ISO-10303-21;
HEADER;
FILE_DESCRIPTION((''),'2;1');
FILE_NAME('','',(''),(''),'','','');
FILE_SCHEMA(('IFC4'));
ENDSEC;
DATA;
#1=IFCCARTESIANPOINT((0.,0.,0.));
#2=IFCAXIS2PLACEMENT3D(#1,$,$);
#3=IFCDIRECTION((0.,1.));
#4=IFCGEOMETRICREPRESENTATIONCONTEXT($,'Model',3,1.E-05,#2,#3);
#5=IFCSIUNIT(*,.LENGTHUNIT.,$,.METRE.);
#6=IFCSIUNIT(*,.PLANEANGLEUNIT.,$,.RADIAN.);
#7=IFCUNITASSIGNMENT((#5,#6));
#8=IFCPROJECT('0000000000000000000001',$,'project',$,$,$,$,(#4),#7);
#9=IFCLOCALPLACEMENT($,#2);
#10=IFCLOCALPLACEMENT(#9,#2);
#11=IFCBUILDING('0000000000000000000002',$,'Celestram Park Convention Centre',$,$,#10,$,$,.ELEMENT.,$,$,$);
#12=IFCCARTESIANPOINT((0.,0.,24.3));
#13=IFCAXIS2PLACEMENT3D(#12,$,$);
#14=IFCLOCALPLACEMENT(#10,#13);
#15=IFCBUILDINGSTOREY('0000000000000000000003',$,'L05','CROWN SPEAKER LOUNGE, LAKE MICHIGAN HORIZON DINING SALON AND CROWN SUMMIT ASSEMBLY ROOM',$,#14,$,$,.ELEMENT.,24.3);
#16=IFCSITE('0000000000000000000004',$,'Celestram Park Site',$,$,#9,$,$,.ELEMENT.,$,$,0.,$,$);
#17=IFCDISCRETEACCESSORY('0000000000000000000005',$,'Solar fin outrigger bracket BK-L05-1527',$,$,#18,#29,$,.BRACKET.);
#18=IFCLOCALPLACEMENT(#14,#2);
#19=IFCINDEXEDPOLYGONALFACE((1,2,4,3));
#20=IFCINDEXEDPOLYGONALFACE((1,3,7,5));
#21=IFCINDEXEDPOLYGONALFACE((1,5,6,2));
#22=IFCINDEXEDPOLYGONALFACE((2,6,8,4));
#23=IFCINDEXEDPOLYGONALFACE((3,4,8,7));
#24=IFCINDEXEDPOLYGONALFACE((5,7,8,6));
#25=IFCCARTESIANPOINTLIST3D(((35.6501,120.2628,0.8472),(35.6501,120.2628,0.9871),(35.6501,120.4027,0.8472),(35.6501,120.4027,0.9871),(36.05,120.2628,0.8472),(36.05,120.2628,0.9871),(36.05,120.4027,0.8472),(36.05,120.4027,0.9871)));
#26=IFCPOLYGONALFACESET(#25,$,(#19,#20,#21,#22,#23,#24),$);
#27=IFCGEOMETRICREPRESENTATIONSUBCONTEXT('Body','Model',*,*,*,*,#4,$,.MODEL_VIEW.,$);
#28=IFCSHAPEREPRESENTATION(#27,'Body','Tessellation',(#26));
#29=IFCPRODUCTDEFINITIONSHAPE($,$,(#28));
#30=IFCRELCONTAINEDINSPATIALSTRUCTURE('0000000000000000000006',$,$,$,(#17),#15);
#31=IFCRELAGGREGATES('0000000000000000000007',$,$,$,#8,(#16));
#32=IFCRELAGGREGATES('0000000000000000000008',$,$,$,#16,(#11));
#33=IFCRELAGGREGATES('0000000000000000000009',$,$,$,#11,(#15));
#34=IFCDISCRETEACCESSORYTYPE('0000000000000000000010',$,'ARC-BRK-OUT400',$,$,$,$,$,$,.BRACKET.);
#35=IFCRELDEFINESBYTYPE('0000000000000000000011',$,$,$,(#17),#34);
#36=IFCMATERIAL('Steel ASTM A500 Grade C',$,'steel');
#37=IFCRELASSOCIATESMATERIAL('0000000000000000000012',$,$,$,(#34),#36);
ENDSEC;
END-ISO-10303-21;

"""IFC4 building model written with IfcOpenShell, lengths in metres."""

from ifc_helpers import new_model, si_unit, direction, frame, origin, origin_2d, place, context, subcontext, project, spatial, rectangle, extrude, material, type_object, element, save


model = new_model("IFC4")

# Units and contexts
model_context = context("Model", 3, precision=1e-05, world=origin(), true_north=direction((0.0, 1.0)))
body_context = subcontext(model_context, "Body", "Model", "MODEL_VIEW")
ifc_project = project(units=[si_unit("LENGTHUNIT", "METRE"), si_unit("PLANEANGLEUNIT", "RADIAN")], contexts=[model_context])

# Site, building, storey
site_placement = place(None, origin())
site = spatial("IfcSite", under=ifc_project, at=site_placement, Name="Celestram Park Site", CompositionType="ELEMENT", RefElevation=0.0)
building_placement = place(site_placement, origin())
building = spatial("IfcBuilding", under=site, at=building_placement, Name="Celestram Park Convention Centre", CompositionType="ELEMENT")
storey_placement = place(building_placement, frame((0.0, 0.0, 24.3)))
storey = spatial("IfcBuildingStorey", under=building, at=storey_placement, Name="L05", Description="CROWN SPEAKER LOUNGE, LAKE MICHIGAN HORIZON DINING SALON AND CROWN SUMMIT ASSEMBLY ROOM", CompositionType="ELEMENT", Elevation=24.3)

# Shared definitions
ifc_material_1 = material(Name="Steel ASTM A500 Grade C", Category="steel")

# Discrete accessory
discrete_accessory_type = type_object("IfcDiscreteAccessoryType", Name="ARC-BRK-OUT400", PredefinedType="BRACKET", material=ifc_material_1)
for number, where, z_axis, x_axis, name in (
    (1, (35.8501, 120.3328, 0.8472), (0.0, 0.0, 1.0), (-1.0, 0.0, 0.0), "Solar fin outrigger bracket BK-L05-1527"),
):
    element("IfcDiscreteAccessory", number, at=place(storey_placement, frame(where, z_axis=z_axis, x_axis=x_axis)), inside=storey, type_object=discrete_accessory_type, Name=name, PredefinedType="BRACKET", context=body_context, shape_type="SweptSolid", body=[
        extrude(rectangle(XDim=0.3999, YDim=0.1399, at=origin_2d()), origin(), (0.0, 0.0, 1.0), 0.1399),
    ])

save(model, "model.ifc")
